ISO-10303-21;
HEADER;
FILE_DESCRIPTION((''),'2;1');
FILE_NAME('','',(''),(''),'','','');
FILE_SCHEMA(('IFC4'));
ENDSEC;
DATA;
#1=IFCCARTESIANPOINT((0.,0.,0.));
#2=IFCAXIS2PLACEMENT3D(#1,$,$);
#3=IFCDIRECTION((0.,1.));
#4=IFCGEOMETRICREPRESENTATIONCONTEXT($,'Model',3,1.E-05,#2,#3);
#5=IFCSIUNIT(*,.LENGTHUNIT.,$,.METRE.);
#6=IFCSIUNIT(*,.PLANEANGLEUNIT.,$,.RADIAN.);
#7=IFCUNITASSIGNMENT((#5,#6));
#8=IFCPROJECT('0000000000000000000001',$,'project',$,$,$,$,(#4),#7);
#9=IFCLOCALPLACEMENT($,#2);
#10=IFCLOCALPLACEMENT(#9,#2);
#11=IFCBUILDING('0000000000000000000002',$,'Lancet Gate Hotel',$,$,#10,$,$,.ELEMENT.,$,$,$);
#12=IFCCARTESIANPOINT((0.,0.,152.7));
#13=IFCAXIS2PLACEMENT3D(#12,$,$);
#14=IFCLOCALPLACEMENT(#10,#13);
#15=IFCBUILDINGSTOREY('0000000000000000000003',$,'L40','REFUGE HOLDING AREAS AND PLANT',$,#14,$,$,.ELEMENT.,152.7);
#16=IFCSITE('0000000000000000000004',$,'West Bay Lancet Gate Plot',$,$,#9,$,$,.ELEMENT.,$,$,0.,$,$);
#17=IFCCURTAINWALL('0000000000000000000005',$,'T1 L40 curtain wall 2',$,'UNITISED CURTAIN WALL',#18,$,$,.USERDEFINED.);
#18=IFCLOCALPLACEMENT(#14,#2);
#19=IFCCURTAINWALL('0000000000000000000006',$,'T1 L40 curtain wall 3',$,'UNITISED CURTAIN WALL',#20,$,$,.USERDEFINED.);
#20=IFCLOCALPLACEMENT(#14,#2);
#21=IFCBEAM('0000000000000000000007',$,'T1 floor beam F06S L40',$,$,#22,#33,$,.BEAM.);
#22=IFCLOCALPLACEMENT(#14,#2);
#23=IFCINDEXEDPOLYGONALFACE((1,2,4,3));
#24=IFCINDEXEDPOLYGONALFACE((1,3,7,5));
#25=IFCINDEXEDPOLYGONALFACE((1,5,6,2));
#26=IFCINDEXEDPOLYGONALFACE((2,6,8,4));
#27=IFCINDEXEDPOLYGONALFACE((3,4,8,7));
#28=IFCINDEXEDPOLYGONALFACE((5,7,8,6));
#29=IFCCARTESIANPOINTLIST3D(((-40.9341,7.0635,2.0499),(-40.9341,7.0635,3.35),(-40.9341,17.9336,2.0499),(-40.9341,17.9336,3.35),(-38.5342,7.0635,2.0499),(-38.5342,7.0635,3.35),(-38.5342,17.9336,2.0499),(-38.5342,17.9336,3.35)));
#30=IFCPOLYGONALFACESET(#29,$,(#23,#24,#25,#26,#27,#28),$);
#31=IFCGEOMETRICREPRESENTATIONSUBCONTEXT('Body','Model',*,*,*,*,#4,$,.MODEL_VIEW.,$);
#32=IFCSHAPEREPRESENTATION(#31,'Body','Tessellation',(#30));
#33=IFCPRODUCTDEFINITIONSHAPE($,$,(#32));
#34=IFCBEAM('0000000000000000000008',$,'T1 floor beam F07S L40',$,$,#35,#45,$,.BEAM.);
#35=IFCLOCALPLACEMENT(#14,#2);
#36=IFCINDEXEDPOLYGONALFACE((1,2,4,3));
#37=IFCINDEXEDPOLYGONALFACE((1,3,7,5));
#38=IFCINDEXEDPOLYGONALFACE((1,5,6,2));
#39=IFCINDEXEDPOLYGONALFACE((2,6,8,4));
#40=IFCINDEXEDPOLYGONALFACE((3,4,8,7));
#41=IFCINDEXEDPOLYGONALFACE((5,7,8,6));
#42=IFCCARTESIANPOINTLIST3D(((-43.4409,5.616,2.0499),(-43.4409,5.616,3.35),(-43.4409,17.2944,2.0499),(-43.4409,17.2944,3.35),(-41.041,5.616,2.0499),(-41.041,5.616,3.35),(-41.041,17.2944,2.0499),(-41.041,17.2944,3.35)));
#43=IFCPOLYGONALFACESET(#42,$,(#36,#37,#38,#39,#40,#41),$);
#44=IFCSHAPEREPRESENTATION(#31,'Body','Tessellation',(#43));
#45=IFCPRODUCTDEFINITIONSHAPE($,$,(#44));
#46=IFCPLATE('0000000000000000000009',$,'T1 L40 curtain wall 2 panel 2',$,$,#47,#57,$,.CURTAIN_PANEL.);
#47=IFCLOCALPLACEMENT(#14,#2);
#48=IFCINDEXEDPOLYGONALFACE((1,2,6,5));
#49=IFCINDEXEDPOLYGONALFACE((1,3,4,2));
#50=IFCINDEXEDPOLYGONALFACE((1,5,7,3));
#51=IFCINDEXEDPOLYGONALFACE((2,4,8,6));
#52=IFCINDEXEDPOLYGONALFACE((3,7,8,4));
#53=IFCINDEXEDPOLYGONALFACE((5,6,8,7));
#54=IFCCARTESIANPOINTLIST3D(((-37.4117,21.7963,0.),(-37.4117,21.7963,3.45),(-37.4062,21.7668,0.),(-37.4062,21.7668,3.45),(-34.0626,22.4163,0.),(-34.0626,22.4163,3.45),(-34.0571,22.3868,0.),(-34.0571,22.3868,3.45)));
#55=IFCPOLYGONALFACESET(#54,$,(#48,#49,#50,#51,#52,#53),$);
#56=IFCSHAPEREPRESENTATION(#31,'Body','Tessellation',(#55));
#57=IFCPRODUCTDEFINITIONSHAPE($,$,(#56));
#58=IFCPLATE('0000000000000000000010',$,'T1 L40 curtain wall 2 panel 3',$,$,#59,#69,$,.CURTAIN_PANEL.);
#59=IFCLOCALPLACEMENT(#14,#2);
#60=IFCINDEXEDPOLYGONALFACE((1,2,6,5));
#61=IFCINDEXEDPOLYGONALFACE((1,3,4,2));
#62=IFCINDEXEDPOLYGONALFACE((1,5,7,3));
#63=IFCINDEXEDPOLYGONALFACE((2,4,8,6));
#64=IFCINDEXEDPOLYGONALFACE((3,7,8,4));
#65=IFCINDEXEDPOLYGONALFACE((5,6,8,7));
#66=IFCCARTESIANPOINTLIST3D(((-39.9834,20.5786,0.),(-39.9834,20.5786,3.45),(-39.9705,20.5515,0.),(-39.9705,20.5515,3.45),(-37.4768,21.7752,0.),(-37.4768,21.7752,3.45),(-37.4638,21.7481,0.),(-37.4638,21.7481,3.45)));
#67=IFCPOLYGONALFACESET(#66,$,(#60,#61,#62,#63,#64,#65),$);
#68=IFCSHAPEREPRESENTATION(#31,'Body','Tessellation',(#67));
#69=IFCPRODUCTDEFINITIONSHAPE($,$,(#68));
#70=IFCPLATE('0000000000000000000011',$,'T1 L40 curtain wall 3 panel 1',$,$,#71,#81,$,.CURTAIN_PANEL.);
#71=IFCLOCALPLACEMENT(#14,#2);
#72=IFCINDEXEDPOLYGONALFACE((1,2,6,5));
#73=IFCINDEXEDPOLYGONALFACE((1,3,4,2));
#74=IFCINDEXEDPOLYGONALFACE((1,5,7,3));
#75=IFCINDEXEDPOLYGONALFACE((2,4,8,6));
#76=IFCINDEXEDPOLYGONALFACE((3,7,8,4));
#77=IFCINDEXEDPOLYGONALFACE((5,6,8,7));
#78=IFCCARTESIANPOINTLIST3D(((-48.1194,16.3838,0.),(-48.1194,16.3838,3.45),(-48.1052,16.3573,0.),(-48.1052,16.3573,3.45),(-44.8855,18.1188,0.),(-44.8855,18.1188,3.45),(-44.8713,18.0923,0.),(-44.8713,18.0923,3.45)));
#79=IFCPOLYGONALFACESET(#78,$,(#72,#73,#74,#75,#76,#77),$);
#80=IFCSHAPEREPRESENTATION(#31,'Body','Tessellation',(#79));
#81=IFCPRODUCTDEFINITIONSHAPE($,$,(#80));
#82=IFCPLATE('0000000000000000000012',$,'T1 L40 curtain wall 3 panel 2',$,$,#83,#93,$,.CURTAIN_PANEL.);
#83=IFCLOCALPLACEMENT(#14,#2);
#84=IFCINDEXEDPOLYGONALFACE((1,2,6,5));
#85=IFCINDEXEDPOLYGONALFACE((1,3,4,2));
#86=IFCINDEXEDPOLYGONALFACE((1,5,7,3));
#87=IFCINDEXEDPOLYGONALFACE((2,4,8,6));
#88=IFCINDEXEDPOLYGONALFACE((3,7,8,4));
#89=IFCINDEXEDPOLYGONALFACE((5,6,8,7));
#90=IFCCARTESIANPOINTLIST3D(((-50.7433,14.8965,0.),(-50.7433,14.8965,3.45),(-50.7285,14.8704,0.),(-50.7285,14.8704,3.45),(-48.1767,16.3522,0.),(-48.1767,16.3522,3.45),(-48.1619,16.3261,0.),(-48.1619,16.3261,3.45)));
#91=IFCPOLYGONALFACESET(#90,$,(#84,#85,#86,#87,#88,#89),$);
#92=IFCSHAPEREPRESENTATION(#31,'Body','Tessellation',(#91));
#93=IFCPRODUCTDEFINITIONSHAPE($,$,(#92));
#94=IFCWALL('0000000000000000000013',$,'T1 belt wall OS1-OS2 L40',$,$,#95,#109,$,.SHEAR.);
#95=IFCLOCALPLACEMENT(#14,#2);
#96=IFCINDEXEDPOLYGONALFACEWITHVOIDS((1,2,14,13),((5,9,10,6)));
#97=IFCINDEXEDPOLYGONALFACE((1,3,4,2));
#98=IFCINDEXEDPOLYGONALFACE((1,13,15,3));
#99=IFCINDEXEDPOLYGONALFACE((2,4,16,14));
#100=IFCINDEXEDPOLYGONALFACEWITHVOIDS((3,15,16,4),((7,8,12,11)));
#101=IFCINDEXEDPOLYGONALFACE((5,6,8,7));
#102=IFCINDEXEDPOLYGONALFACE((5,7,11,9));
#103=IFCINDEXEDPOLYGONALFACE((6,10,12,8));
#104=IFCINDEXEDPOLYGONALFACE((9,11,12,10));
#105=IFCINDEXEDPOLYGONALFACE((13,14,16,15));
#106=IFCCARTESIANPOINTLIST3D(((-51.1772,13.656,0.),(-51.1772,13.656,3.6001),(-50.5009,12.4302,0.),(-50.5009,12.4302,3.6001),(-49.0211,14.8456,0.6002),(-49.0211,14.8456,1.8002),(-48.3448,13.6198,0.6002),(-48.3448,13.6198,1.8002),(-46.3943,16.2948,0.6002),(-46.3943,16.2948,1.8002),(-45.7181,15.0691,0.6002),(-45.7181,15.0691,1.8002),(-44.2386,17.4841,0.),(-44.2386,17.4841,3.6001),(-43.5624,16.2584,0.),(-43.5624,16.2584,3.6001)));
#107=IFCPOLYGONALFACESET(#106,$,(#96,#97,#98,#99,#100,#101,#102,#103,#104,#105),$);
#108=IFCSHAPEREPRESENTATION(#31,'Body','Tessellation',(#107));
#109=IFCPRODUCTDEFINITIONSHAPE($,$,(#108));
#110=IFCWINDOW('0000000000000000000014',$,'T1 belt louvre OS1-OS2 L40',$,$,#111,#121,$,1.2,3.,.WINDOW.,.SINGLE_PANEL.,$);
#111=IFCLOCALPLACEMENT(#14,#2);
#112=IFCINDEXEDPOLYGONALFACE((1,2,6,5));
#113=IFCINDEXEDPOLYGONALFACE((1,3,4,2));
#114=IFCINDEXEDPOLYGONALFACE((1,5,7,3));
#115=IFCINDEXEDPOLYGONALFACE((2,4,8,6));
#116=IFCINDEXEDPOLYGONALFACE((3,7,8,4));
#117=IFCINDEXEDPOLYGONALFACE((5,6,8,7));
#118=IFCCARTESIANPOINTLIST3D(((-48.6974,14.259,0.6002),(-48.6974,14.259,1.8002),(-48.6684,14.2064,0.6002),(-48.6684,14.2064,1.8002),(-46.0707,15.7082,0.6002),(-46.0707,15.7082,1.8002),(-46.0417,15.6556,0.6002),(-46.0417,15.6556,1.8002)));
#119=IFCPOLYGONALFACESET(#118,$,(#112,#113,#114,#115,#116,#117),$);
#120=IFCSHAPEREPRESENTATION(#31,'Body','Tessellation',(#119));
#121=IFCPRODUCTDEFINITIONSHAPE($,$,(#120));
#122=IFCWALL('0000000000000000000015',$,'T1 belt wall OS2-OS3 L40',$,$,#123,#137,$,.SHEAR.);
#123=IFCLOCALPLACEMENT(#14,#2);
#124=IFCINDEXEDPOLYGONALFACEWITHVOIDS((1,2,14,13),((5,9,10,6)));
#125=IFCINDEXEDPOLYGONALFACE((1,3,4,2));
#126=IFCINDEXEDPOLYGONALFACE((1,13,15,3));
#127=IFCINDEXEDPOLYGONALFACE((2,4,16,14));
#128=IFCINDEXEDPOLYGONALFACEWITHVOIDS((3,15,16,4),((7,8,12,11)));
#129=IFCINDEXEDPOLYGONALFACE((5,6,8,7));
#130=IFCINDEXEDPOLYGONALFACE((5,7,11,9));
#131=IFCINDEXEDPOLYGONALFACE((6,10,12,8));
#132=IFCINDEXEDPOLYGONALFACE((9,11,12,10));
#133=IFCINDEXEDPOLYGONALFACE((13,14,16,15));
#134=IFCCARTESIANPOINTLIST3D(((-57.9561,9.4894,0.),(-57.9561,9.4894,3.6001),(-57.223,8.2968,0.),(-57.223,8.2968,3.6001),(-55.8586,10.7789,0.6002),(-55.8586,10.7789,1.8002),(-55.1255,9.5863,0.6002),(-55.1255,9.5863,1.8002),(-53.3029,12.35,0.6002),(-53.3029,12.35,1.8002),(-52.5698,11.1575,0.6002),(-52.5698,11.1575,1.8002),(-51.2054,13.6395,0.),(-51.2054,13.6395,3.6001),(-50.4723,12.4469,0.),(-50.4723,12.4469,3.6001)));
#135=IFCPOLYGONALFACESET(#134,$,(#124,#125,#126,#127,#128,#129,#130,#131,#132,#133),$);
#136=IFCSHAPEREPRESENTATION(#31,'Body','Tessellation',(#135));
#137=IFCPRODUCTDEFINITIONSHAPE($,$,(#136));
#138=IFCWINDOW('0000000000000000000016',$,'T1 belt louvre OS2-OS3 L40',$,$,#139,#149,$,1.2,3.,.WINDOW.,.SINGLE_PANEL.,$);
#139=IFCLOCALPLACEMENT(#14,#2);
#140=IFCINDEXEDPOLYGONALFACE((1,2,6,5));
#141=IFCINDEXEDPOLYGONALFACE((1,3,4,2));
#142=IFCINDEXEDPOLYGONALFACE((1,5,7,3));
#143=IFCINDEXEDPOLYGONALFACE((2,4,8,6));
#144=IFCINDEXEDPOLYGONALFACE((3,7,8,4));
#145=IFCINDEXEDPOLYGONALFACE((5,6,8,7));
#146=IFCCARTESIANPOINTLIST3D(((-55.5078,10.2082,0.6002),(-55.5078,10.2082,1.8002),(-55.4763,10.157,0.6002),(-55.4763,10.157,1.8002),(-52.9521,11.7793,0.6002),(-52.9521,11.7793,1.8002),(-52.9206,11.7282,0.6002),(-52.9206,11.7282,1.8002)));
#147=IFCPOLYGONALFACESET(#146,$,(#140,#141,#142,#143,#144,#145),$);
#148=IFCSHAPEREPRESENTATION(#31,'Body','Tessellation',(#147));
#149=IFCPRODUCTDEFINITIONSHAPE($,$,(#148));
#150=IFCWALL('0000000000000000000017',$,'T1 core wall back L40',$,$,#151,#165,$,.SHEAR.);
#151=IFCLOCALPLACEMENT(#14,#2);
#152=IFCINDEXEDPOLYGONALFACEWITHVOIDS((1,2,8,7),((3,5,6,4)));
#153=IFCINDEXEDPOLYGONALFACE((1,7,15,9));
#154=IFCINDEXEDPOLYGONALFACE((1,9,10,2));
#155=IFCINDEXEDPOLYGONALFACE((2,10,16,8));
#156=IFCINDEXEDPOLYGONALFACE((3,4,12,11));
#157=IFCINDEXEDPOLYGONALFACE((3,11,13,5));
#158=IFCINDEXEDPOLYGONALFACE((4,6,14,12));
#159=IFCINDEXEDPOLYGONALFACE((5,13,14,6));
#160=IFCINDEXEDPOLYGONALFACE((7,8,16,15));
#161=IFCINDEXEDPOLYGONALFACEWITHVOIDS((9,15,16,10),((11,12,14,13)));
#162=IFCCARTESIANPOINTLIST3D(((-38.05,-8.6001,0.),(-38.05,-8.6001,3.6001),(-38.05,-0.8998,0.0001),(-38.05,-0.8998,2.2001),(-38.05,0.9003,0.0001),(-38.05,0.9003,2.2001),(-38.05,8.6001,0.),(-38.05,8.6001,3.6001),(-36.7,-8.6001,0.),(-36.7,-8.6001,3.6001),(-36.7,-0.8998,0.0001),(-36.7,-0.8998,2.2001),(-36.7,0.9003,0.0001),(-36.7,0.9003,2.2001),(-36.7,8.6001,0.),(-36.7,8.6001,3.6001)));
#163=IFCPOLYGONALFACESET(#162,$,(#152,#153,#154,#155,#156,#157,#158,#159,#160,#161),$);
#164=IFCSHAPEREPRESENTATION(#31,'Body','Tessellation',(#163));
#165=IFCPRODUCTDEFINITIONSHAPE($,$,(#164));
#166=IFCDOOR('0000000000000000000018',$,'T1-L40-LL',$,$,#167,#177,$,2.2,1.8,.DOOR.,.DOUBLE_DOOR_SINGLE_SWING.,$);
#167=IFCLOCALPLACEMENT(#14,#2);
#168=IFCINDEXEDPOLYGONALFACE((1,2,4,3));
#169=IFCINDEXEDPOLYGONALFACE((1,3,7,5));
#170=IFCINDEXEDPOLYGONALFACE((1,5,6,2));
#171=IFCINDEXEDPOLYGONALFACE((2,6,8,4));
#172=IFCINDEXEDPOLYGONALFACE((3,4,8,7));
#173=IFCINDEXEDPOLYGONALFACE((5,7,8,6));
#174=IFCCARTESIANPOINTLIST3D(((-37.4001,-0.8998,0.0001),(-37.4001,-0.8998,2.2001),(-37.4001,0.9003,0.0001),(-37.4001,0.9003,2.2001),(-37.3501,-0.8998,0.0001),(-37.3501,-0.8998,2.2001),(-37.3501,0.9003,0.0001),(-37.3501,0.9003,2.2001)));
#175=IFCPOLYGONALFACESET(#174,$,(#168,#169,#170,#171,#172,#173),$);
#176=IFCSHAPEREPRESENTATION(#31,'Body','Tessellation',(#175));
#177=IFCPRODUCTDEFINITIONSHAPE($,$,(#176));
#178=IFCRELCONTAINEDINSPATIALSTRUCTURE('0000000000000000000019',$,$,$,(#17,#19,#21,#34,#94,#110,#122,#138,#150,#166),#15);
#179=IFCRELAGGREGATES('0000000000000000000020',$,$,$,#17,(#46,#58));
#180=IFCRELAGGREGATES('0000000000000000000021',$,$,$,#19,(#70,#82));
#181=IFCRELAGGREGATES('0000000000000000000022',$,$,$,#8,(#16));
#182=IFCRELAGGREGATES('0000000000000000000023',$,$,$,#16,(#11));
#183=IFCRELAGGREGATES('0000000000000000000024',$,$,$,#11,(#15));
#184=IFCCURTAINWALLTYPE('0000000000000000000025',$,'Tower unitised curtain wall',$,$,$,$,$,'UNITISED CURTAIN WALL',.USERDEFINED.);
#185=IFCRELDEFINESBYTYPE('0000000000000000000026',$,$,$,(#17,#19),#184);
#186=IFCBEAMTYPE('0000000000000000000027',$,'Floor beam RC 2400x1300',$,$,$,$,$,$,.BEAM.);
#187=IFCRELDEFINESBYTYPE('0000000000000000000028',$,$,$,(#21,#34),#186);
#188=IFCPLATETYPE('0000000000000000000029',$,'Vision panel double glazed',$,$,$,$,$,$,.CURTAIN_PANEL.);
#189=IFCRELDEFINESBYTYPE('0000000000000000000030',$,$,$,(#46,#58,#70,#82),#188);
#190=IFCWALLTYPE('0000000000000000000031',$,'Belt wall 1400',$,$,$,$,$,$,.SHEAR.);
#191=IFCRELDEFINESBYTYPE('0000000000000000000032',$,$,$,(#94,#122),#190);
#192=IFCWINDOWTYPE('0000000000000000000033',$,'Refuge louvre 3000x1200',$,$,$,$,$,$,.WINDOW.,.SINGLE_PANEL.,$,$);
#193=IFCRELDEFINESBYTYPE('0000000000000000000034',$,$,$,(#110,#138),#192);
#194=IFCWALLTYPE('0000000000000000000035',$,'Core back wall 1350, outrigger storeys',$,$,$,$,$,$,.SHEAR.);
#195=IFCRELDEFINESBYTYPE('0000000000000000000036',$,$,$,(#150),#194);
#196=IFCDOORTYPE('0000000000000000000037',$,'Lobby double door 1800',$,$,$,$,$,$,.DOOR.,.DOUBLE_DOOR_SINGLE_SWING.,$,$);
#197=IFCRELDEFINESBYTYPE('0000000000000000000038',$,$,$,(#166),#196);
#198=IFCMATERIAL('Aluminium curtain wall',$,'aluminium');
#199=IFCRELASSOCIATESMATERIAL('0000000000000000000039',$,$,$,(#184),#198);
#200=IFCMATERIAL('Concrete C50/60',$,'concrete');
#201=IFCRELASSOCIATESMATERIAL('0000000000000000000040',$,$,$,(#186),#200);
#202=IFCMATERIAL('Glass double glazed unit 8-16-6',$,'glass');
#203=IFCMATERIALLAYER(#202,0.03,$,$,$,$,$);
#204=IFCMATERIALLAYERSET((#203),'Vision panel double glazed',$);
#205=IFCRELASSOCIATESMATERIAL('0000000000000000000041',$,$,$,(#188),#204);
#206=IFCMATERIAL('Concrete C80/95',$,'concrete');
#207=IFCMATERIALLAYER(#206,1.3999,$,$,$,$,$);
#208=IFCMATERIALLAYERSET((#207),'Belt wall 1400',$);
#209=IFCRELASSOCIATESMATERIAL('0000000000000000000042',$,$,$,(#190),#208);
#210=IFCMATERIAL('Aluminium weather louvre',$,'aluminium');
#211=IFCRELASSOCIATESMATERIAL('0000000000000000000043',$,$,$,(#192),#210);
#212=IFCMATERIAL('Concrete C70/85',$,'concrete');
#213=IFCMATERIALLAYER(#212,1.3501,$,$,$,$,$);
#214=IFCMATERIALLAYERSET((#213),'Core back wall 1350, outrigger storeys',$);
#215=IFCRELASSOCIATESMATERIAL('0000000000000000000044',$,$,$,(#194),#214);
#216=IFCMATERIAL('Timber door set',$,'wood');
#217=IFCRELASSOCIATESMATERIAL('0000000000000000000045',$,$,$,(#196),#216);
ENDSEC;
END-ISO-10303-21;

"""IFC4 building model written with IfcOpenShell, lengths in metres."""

from ifc_helpers import new_model, si_unit, direction, frame, frame_2d, origin, origin_2d, place, context, subcontext, project, spatial, rectangle, extrude, material, layer, layer_set, material_profile, profile_set, type_object, element, fill, aggregate, save


model = new_model("IFC4")

# Units and contexts
model_context = context("Model", 3, precision=1e-05, world=origin(), true_north=direction((0.0, 1.0)))
body_context = subcontext(model_context, "Body", "Model", "MODEL_VIEW")
ifc_project = project(units=[si_unit("LENGTHUNIT", "METRE"), si_unit("PLANEANGLEUNIT", "RADIAN")], contexts=[model_context])

# Site, building, storey
site_placement = place(None, origin())
site = spatial("IfcSite", under=ifc_project, at=site_placement, Name="West Bay Lancet Gate Plot", CompositionType="ELEMENT", RefElevation=0.0)
building_placement = place(site_placement, origin())
building = spatial("IfcBuilding", under=site, at=building_placement, Name="Lancet Gate Hotel", CompositionType="ELEMENT")
storey_placement = place(building_placement, frame((0.0, 0.0, 152.7)))
storey = spatial("IfcBuildingStorey", under=building, at=storey_placement, Name="L40", Description="REFUGE HOLDING AREAS AND PLANT", CompositionType="ELEMENT", Elevation=152.7)

# Curtain walls
ifc_material_1 = material(Name="Aluminium curtain wall", Category="aluminium")
curtain_wall_type = type_object("IfcCurtainWallType", Name="Tower unitised curtain wall", ElementType="UNITISED CURTAIN WALL", PredefinedType="USERDEFINED", material=ifc_material_1)
curtain_wall_1_placement = place(storey_placement, origin())
curtain_wall_1 = element("IfcCurtainWall", 1, at=curtain_wall_1_placement, inside=storey, type_object=curtain_wall_type, Name="T1 L40 curtain wall 2", ObjectType="UNITISED CURTAIN WALL", PredefinedType="USERDEFINED")
curtain_wall_2_placement = place(storey_placement, origin())
curtain_wall_2 = element("IfcCurtainWall", 2, at=curtain_wall_2_placement, inside=storey, type_object=curtain_wall_type, Name="T1 L40 curtain wall 3", ObjectType="UNITISED CURTAIN WALL", PredefinedType="USERDEFINED")

# Beams
ifc_material_2 = material(Name="Concrete C50/60", Category="concrete")
ifc_material_profile_1 = material_profile(ifc_material_2, rectangle(XDim=2.3999, YDim=1.3, at=origin_2d()), Name="RC 2400x1300")
ifc_profile_set_1 = profile_set([ifc_material_profile_1], Name="Concrete C50/60")
beam_type = type_object("IfcBeamType", Name="Floor beam RC 2400x1300", PredefinedType="BEAM", material=ifc_profile_set_1)
beam_1_placement = place(storey_placement, frame((-39.7341, 17.9336, 2.7), z_axis=(0.0, -1.0, 0.0), x_axis=(1.0, 0.0, 0.0)))
element("IfcBeam", 3, at=beam_1_placement, inside=storey, type_object=beam_type, Name="T1 floor beam F06S L40", PredefinedType="BEAM", context=body_context, shape_type="SweptSolid", body=[
    extrude(rectangle(XDim=2.3999, YDim=1.3, at=origin_2d()), origin(), (0.0, 0.0, 1.0), 10.8701),
])
beam_2_placement = place(storey_placement, frame((-42.241, 17.2944, 2.7), z_axis=(0.0, -1.0, 0.0), x_axis=(1.0, 0.0, 0.0)))
element("IfcBeam", 4, at=beam_2_placement, inside=storey, type_object=beam_type, Name="T1 floor beam F07S L40", PredefinedType="BEAM", context=body_context, shape_type="SweptSolid", body=[
    extrude(rectangle(XDim=2.3999, YDim=1.3, at=origin_2d()), origin(), (0.0, 0.0, 1.0), 11.6785),
])

# Plates
ifc_material_3 = material(Name="Glass double glazed unit 8-16-6", Category="glass")
ifc_layer_1 = layer(ifc_material_3, 0.03)
ifc_layer_set_1 = layer_set([ifc_layer_1], Name="Vision panel double glazed")
plate_type = type_object("IfcPlateType", Name="Vision panel double glazed", PredefinedType="CURTAIN_PANEL", material=ifc_layer_set_1)
plate_1_placement = place(storey_placement, frame((-35.7344, 22.0916, 0.0), z_axis=(0.0, 0.0, 1.0), x_axis=(-0.983292, -0.182033, 0.0)))
plate_1 = element("IfcPlate", 5, at=plate_1_placement, type_object=plate_type, Name="T1 L40 curtain wall 2 panel 2", PredefinedType="CURTAIN_PANEL", context=body_context, shape_type="SweptSolid", body=[
    extrude(rectangle(XDim=3.406, YDim=0.03, at=origin_2d()), origin(), (0.0, 0.0, 1.0), 3.45),
])
plate_2_placement = place(storey_placement, frame((-38.7236, 21.1633, 0.0), z_axis=(0.0, 0.0, 1.0), x_axis=(-0.902454, -0.430787, 0.0)))
plate_2 = element("IfcPlate", 6, at=plate_2_placement, type_object=plate_type, Name="T1 L40 curtain wall 2 panel 3", PredefinedType="CURTAIN_PANEL", context=body_context, shape_type="SweptSolid", body=[
    extrude(rectangle(XDim=2.7776, YDim=0.03, at=origin_2d()), origin(), (0.0, 0.0, 1.0), 3.45),
])
aggregate(curtain_wall_1, [plate_1, plate_2])
plate_3_placement = place(storey_placement, frame((-46.4954, 17.238, 0.0), z_axis=(0.0, 0.0, 1.0), x_axis=(-0.881195, -0.472753, 0.0)))
plate_3 = element("IfcPlate", 7, at=plate_3_placement, type_object=plate_type, Name="T1 L40 curtain wall 3 panel 1", PredefinedType="CURTAIN_PANEL", context=body_context, shape_type="SweptSolid", body=[
    extrude(rectangle(XDim=3.6699, YDim=0.03, at=origin_2d()), origin(), (0.0, 0.0, 1.0), 3.45),
])
plate_4_placement = place(storey_placement, frame((-49.4526, 15.6113, 0.0), z_axis=(0.0, 0.0, 1.0), x_axis=(-0.869831, -0.493349, 0.0)))
plate_4 = element("IfcPlate", 8, at=plate_4_placement, type_object=plate_type, Name="T1 L40 curtain wall 3 panel 2", PredefinedType="CURTAIN_PANEL", context=body_context, shape_type="SweptSolid", body=[
    extrude(rectangle(XDim=2.9507, YDim=0.03, at=origin_2d()), origin(), (0.0, 0.0, 1.0), 3.45),
])
aggregate(curtain_wall_2, [plate_3, plate_4])

# Walls, openings, windows
ifc_material_4 = material(Name="Concrete C80/95", Category="concrete")
ifc_layer_2 = layer(ifc_material_4, 1.3999)
ifc_layer_set_2 = layer_set([ifc_layer_2], Name="Belt wall 1400")
wall_type_1 = type_object("IfcWallType", Name="Belt wall 1400", PredefinedType="SHEAR", material=ifc_layer_set_2)
wall_1_placement = place(storey_placement, frame((-43.9004, 16.8713, 0.0), z_axis=(0.0, 0.0, 1.0), x_axis=(-0.875578, -0.483077, 0.0)))
wall_1 = element("IfcWall", 9, at=wall_1_placement, inside=storey, type_object=wall_type_1, Name="T1 belt wall OS1-OS2 L40", PredefinedType="SHEAR", context=body_context, shape_type="SweptSolid", body=[
    extrude(rectangle(XDim=7.9246, YDim=1.3999, at=frame_2d((3.9624, 0.0))), origin(), (0.0, 0.0, 1.0), 3.6001),
])
opening_1_placement = place(wall_1_placement, frame((2.4622, 0.0, 0.6001)))
opening_1 = element("IfcOpeningElement", 10, at=opening_1_placement, cuts=wall_1, PredefinedType="OPENING", context=body_context, shape_type="SweptSolid", body=[
    extrude(rectangle(XDim=3.0, YDim=1.2, at=frame_2d((1.5, 0.6001))), frame((0.0, 0.71, 0.0), z_axis=(0.0, -1.0, 0.0), x_axis=(1.0, 0.0, 0.0)), (0.0, 0.0, 1.0), 1.4199),
])
ifc_material_5 = material(Name="Aluminium weather louvre", Category="aluminium")
window_type = type_object("IfcWindowType", Name="Refuge louvre 3000x1200", PartitioningType="SINGLE_PANEL", PredefinedType="WINDOW", material=ifc_material_5)
window_1_placement = place(opening_1_placement, origin())
window_1 = element("IfcWindow", 11, at=window_1_placement, inside=storey, type_object=window_type, Name="T1 belt louvre OS1-OS2 L40", OverallHeight=1.2, OverallWidth=3.0, PartitioningType="SINGLE_PANEL", PredefinedType="WINDOW", context=body_context, shape_type="SweptSolid", body=[
    extrude(rectangle(XDim=3.0, YDim=1.2, at=frame_2d((1.5, 0.6001))), frame((0.0, 0.03, 0.0), z_axis=(0.0, -1.0, 0.0), x_axis=(1.0, 0.0, 0.0)), (0.0, 0.0, 1.0), 0.0601),
])
fill(opening_1, window_1)
wall_2_placement = place(storey_placement, frame((-50.8389, 13.0432, 0.0), z_axis=(0.0, 0.0, 1.0), x_axis=(-0.851892, -0.523717, 0.0)))
wall_2 = element("IfcWall", 12, at=wall_2_placement, inside=storey, type_object=wall_type_1, Name="T1 belt wall OS2-OS3 L40", PredefinedType="SHEAR", context=body_context, shape_type="SweptSolid", body=[
    extrude(rectangle(XDim=7.9243, YDim=1.3999, at=frame_2d((3.9622, 0.0))), origin(), (0.0, 0.0, 1.0), 3.6001),
])
opening_2_placement = place(wall_2_placement, frame((2.4622, 0.0, 0.6001)))
opening_2 = element("IfcOpeningElement", 13, at=opening_2_placement, cuts=wall_2, PredefinedType="OPENING", context=body_context, shape_type="SweptSolid", body=[
    extrude(rectangle(XDim=3.0, YDim=1.2, at=frame_2d((1.5, 0.6001))), frame((0.0, 0.71, 0.0), z_axis=(0.0, -1.0, 0.0), x_axis=(1.0, 0.0, 0.0)), (0.0, 0.0, 1.0), 1.4199),
])
window_2_placement = place(opening_2_placement, origin())
window_2 = element("IfcWindow", 14, at=window_2_placement, inside=storey, type_object=window_type, Name="T1 belt louvre OS2-OS3 L40", OverallHeight=1.2, OverallWidth=3.0, PartitioningType="SINGLE_PANEL", PredefinedType="WINDOW", context=body_context, shape_type="SweptSolid", body=[
    extrude(rectangle(XDim=3.0, YDim=1.2, at=frame_2d((1.5, 0.6001))), frame((0.0, 0.03, 0.0), z_axis=(0.0, -1.0, 0.0), x_axis=(1.0, 0.0, 0.0)), (0.0, 0.0, 1.0), 0.0601),
])
fill(opening_2, window_2)

# Wall, opening, door
ifc_material_6 = material(Name="Concrete C70/85", Category="concrete")
ifc_layer_3 = layer(ifc_material_6, 1.3501)
ifc_layer_set_3 = layer_set([ifc_layer_3], Name="Core back wall 1350, outrigger storeys")
wall_type_2 = type_object("IfcWallType", Name="Core back wall 1350, outrigger storeys", PredefinedType="SHEAR", material=ifc_layer_set_3)
wall_3_placement = place(storey_placement, frame((-37.375, 8.6001, 0.0), z_axis=(0.0, 0.0, 1.0), x_axis=(0.0, -1.0, 0.0)))
wall_3 = element("IfcWall", 15, at=wall_3_placement, inside=storey, type_object=wall_type_2, Name="T1 core wall back L40", PredefinedType="SHEAR", context=body_context, shape_type="SweptSolid", body=[
    extrude(rectangle(XDim=17.2002, YDim=1.3501, at=frame_2d((8.6001, 0.0))), origin(), (0.0, 0.0, 1.0), 3.6001),
])
opening_3_placement = place(wall_3_placement, frame((7.7, 0.0, 0.0)))
opening_3 = element("IfcOpeningElement", 16, at=opening_3_placement, cuts=wall_3, PredefinedType="OPENING", context=body_context, shape_type="SweptSolid", body=[
    extrude(rectangle(XDim=1.8, YDim=2.2, at=frame_2d((0.8999, 1.1001))), frame((0.0, 0.6851, 0.0), z_axis=(0.0, -1.0, 0.0), x_axis=(1.0, 0.0, 0.0)), (0.0, 0.0, 1.0), 1.3701),
])
ifc_material_7 = material(Name="Timber door set", Category="wood")
door_type_1 = type_object("IfcDoorType", Name="Lobby double door 1800", OperationType="DOUBLE_DOOR_SINGLE_SWING", PredefinedType="DOOR", material=ifc_material_7)
door_1_placement = place(opening_3_placement, origin())
door_1 = element("IfcDoor", 17, at=door_1_placement, inside=storey, type_object=door_type_1, Name="T1-L40-LL", OperationType="DOUBLE_DOOR_SINGLE_SWING", OverallHeight=2.2, OverallWidth=1.8, PredefinedType="DOOR", context=body_context, shape_type="SweptSolid", body=[
    extrude(rectangle(XDim=1.8, YDim=2.2, at=frame_2d((0.8999, 1.1001))), frame((0.0, 0.0249, 0.0), z_axis=(0.0, -1.0, 0.0), x_axis=(1.0, 0.0, 0.0)), (0.0, 0.0, 1.0), 0.05),
])
fill(opening_3, door_1)

save(model, "model.ifc")
